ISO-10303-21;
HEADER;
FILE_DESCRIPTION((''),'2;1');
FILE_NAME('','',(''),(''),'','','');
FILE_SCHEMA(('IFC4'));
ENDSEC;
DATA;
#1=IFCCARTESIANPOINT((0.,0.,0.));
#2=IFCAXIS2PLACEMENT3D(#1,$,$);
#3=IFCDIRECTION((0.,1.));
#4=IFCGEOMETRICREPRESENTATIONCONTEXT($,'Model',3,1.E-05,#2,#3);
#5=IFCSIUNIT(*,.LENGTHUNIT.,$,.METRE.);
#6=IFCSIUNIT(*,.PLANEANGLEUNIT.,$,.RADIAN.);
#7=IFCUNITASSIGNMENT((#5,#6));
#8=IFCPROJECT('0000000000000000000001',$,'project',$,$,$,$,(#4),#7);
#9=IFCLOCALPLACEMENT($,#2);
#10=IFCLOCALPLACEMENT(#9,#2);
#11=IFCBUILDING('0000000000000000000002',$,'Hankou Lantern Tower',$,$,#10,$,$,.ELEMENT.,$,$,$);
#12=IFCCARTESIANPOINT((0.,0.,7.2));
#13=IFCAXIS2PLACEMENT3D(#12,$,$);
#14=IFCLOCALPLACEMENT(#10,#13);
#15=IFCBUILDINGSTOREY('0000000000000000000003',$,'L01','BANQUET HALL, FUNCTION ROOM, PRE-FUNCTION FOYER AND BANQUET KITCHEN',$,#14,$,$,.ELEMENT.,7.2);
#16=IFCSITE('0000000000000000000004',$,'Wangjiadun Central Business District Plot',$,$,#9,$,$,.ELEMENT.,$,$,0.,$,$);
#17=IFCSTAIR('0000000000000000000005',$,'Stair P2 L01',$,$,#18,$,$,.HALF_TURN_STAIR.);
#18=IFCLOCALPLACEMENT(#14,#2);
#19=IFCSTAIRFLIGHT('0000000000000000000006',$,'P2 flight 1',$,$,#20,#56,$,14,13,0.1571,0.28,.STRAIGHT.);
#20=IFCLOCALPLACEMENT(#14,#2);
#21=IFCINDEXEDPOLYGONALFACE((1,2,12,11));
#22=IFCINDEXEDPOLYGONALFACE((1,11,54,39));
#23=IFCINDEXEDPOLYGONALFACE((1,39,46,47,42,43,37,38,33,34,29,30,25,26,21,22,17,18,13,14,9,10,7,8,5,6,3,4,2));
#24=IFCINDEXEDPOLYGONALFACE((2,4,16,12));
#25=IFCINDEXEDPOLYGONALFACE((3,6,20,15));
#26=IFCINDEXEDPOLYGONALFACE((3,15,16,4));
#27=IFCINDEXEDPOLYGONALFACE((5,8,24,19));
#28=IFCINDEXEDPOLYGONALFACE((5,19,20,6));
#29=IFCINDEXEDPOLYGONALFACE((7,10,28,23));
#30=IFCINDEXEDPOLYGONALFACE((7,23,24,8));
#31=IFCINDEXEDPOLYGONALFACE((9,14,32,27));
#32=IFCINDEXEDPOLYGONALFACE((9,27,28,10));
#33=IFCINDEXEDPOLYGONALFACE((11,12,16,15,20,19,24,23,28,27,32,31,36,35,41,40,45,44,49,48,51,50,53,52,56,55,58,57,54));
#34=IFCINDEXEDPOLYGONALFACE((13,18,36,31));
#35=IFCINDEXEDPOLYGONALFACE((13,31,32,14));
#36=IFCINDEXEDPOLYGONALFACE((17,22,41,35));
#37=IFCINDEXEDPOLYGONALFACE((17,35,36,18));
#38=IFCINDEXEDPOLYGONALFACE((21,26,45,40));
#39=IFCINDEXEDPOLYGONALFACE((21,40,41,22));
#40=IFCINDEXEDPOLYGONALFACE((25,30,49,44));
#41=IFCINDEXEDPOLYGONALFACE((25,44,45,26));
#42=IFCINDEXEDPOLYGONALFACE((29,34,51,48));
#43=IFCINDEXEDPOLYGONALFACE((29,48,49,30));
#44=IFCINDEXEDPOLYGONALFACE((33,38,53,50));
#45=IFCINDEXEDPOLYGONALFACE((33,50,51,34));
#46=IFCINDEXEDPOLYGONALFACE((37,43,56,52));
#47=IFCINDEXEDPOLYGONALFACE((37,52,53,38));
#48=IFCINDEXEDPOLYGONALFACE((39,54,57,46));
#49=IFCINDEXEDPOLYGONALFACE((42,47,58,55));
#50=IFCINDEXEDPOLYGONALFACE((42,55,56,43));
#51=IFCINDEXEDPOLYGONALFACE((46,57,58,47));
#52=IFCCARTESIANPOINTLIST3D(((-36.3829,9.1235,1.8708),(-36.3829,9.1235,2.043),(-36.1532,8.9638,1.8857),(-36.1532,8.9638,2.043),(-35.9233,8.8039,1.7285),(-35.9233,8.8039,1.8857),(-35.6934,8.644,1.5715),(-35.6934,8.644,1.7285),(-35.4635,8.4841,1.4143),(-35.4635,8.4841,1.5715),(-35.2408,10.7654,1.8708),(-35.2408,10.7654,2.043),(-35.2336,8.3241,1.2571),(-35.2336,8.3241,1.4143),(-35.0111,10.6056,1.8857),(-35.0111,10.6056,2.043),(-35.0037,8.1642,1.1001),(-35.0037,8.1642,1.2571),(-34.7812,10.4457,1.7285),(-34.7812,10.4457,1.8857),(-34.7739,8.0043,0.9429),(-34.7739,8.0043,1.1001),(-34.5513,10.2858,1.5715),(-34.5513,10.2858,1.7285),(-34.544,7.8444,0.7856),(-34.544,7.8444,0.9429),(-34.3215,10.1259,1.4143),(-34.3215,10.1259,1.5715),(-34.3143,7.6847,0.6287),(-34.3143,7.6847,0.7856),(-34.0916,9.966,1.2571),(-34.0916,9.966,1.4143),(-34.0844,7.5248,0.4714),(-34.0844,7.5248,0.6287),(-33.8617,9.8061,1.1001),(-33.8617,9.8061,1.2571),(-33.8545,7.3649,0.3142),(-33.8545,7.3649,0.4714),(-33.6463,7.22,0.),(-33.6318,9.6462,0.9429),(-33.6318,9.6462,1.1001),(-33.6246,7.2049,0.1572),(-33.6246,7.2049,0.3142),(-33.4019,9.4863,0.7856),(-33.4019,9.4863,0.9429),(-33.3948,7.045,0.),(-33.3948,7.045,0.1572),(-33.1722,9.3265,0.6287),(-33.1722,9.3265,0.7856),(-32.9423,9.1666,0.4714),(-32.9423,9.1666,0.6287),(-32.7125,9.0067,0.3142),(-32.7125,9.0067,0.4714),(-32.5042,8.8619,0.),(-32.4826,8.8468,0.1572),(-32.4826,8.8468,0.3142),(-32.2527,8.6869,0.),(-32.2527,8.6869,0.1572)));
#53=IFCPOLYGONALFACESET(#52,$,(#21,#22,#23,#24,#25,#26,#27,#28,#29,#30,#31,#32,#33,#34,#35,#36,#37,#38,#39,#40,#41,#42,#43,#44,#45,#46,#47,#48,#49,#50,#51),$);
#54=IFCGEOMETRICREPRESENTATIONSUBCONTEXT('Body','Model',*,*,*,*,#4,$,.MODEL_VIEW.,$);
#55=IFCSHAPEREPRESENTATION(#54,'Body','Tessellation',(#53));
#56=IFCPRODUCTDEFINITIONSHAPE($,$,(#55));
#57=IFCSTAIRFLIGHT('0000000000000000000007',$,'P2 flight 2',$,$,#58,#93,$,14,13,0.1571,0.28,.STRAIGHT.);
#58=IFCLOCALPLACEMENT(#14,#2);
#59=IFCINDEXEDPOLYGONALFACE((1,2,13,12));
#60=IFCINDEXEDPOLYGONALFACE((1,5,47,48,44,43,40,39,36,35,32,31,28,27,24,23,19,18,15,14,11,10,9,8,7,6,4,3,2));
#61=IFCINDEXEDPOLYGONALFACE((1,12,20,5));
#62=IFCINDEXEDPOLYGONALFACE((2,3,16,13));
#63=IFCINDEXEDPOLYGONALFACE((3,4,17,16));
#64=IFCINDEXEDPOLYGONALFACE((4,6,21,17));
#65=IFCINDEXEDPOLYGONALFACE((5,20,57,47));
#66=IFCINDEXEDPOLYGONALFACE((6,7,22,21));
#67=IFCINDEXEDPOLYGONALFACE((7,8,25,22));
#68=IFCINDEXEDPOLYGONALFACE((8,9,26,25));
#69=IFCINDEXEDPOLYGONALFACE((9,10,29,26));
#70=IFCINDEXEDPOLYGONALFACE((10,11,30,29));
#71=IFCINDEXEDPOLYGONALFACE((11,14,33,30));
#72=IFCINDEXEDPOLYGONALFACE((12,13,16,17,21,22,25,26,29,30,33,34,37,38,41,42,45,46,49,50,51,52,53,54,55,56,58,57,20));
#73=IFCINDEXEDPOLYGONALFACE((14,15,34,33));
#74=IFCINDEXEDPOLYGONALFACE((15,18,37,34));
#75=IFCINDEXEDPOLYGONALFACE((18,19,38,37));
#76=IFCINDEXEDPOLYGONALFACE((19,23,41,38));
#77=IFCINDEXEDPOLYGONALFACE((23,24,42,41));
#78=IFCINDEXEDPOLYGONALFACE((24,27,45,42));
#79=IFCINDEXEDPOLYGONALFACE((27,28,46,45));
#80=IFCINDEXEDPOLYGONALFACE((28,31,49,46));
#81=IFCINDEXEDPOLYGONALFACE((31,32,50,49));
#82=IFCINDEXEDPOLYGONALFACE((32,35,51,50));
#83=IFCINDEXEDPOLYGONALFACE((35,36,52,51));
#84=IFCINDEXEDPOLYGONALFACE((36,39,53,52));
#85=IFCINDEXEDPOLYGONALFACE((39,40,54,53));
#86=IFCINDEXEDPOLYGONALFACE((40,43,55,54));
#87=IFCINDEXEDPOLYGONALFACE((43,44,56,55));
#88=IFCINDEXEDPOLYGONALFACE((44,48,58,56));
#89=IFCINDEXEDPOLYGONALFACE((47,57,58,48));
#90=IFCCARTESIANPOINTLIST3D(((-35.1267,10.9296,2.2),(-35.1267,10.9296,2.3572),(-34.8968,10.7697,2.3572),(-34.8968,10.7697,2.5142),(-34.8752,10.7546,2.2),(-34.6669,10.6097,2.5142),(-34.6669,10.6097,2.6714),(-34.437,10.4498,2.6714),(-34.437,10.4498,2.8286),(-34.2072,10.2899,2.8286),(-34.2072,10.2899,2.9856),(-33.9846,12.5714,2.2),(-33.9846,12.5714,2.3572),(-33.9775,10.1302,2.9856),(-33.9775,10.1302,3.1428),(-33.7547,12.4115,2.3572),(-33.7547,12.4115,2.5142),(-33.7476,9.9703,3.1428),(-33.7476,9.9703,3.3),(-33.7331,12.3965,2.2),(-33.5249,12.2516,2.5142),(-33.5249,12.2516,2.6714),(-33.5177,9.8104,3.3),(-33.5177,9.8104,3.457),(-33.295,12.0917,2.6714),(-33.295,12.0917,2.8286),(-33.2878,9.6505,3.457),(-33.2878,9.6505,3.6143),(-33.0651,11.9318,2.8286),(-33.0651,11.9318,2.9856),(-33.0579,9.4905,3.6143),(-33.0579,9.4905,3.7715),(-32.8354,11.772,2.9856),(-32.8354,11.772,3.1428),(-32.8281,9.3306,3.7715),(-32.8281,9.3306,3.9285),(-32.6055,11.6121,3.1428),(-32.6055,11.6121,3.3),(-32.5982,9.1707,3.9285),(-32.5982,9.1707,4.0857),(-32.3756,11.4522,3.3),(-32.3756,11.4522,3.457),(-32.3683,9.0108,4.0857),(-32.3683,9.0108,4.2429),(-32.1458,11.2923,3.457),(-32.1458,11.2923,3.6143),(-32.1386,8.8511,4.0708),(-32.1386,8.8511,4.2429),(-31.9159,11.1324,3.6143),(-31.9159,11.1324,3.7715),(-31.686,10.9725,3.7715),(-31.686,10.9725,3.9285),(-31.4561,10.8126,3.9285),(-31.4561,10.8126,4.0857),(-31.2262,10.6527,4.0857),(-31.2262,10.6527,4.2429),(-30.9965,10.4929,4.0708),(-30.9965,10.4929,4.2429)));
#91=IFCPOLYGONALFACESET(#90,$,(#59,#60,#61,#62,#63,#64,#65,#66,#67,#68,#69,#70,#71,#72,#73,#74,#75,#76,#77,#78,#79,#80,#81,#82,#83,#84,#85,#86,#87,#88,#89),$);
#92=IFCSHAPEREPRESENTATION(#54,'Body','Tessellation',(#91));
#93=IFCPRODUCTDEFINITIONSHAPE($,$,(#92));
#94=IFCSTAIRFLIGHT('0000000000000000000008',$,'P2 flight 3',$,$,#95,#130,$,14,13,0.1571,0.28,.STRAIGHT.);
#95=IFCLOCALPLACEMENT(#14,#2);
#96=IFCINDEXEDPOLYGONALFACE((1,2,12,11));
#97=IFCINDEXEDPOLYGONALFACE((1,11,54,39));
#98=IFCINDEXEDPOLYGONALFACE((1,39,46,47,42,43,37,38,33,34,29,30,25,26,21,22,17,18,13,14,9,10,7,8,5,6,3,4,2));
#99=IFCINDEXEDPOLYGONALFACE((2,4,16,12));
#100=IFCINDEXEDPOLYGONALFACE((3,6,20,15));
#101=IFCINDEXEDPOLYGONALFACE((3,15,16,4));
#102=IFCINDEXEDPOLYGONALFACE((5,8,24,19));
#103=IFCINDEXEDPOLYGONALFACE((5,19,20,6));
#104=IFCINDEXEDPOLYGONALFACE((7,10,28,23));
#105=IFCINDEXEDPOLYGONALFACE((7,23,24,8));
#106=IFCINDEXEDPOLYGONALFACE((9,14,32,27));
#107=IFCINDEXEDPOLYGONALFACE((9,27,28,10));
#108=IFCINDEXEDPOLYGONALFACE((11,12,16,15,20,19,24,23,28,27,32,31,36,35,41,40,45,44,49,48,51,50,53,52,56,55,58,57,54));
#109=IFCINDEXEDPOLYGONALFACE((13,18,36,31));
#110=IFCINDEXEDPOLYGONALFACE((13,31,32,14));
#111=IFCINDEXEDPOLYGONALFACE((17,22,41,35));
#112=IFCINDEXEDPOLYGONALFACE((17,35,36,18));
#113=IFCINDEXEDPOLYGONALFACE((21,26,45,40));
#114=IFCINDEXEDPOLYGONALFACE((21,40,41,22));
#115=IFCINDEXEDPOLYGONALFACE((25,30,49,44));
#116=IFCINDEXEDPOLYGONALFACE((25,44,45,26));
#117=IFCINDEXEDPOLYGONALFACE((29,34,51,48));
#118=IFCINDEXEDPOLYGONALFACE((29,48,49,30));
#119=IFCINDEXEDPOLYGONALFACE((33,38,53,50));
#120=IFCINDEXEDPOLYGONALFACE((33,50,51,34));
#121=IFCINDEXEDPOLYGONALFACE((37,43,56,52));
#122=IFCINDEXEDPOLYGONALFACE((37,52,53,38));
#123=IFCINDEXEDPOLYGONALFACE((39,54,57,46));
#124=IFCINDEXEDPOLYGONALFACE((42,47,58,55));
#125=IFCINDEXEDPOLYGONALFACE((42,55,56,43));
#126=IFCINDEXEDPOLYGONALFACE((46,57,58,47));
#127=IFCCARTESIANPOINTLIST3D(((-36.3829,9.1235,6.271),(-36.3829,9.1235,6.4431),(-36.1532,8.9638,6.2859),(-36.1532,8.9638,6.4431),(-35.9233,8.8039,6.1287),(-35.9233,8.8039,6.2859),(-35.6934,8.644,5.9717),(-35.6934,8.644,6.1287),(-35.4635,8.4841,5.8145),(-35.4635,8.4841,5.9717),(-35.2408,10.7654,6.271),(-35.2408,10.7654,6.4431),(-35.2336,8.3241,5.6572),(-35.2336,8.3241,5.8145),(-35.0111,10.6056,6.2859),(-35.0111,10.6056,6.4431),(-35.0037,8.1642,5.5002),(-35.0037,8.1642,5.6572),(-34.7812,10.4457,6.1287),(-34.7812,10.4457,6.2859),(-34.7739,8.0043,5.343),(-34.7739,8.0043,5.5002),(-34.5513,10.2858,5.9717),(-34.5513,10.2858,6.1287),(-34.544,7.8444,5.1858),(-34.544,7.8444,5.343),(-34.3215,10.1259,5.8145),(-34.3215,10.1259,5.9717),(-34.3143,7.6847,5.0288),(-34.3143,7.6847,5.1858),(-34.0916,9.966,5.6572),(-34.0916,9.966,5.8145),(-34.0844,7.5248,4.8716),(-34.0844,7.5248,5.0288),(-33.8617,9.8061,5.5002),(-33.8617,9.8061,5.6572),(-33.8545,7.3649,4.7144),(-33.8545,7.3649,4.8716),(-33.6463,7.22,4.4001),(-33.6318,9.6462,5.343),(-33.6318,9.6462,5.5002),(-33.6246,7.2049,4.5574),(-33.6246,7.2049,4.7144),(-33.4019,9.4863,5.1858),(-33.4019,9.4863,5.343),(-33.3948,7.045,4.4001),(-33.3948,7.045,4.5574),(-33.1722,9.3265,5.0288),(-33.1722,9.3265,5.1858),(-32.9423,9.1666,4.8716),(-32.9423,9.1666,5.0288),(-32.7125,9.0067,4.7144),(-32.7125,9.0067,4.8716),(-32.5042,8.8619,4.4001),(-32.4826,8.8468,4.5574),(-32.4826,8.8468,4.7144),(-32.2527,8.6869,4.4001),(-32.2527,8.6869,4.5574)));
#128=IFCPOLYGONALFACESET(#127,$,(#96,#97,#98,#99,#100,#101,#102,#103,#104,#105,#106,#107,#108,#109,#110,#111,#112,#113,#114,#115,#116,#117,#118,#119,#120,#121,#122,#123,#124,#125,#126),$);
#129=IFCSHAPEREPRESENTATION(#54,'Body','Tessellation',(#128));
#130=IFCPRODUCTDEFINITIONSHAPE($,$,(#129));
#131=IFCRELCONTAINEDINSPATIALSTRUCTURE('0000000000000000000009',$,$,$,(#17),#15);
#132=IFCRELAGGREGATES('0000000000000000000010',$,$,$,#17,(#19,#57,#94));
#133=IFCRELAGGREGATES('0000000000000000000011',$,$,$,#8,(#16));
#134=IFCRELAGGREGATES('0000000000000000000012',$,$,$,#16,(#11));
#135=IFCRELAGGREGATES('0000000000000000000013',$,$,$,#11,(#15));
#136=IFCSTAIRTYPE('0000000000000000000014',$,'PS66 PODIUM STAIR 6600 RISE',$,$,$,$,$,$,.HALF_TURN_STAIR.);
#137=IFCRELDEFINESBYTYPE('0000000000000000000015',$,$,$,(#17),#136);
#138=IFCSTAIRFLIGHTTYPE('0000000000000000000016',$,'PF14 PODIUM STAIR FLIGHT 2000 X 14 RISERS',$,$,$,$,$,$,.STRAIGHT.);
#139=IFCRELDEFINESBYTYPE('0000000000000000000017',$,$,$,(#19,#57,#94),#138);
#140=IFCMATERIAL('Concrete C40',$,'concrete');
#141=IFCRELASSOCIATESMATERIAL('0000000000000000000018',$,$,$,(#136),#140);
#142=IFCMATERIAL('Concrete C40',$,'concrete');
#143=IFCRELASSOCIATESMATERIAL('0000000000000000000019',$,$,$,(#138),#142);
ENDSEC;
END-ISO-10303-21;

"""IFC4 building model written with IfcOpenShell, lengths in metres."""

from ifc_helpers import new_model, si_unit, direction, frame, origin, place, context, subcontext, project, spatial, polyline, outline, extrude, material, type_object, element, aggregate, save


model = new_model("IFC4")

# Units and contexts
model_context = context("Model", 3, precision=1e-05, world=origin(), true_north=direction((0.0, 1.0)))
body_context = subcontext(model_context, "Body", "Model", "MODEL_VIEW")
ifc_project = project(units=[si_unit("LENGTHUNIT", "METRE"), si_unit("PLANEANGLEUNIT", "RADIAN")], contexts=[model_context])

# Site, building, storey
site_placement = place(None, origin())
site = spatial("IfcSite", under=ifc_project, at=site_placement, Name="Wangjiadun Central Business District Plot", CompositionType="ELEMENT", RefElevation=0.0)
building_placement = place(site_placement, origin())
building = spatial("IfcBuilding", under=site, at=building_placement, Name="Hankou Lantern Tower", CompositionType="ELEMENT")
storey_placement = place(building_placement, frame((0.0, 0.0, 7.2)))
storey = spatial("IfcBuildingStorey", under=building, at=storey_placement, Name="L01", Description="BANQUET HALL, FUNCTION ROOM, PRE-FUNCTION FOYER AND BANQUET KITCHEN", CompositionType="ELEMENT", Elevation=7.2)

# Stair, stair flights
ifc_material_1 = material(Name="Concrete C40", Category="concrete")
stair_type = type_object("IfcStairType", Name="PS66 PODIUM STAIR 6600 RISE", PredefinedType="HALF_TURN_STAIR", material=ifc_material_1)
stair_placement = place(storey_placement, origin())
stair = element("IfcStair", 1, at=stair_placement, inside=storey, type_object=stair_type, Name="Stair P2 L01", PredefinedType="HALF_TURN_STAIR")
ifc_material_2 = material(Name="Concrete C40", Category="concrete")
stair_flight_type = type_object("IfcStairFlightType", Name="PF14 PODIUM STAIR FLIGHT 2000 X 14 RISERS", PredefinedType="STRAIGHT", material=ifc_material_2)
stair_flight_1_placement = place(storey_placement, frame((-32.8237, 7.866, 0.0), z_axis=(0.0, 0.0, 1.0), x_axis=(-0.820927, 0.571033, 0.0)))
stair_flight_1 = element("IfcStairFlight", 2, at=stair_flight_1_placement, type_object=stair_flight_type, Name="P2 flight 1", NumberOfRisers=14, NumberOfTreads=13, PredefinedType="STRAIGHT", RiserHeight=0.1571, TreadLength=0.28, context=body_context, shape_type="SweptSolid", body=[
    extrude(outline(polyline([(0.0, 0.0), (0.0, 0.1572), (0.28, 0.1572), (0.28, 0.3142), (0.5601, 0.3142), (0.5601, 0.4714), (0.8401, 0.4714), (0.8401, 0.6287), (1.1201, 0.6287), (1.1201, 0.7856), (1.3999, 0.7856), (1.3999, 0.9429), (1.6799, 0.9429), (1.6799, 1.1001), (1.96, 1.1001), (1.96, 1.2571), (2.24, 1.2571), (2.24, 1.4143), (2.52, 1.4143), (2.52, 1.5715), (2.8, 1.5715), (2.8, 1.7285), (3.0801, 1.7285), (3.0801, 1.8857), (3.3601, 1.8857), (3.3601, 2.043), (3.6399, 2.043), (3.6399, 2.2), (3.6399, 1.8708), (0.3064, 0.0), (0.0, 0.0)])), frame((0.0, 1.0, 0.0), z_axis=(0.0, -1.0, 0.0), x_axis=(1.0, 0.0, 0.0)), (0.0, 0.0, 1.0), 2.0),
])
stair_flight_2_placement = place(storey_placement, frame((-34.5557, 11.7505, 2.2), z_axis=(0.0, 0.0, 1.0), x_axis=(0.820927, -0.571033, 0.0)))
stair_flight_2 = element("IfcStairFlight", 3, at=stair_flight_2_placement, type_object=stair_flight_type, Name="P2 flight 2", NumberOfRisers=14, NumberOfTreads=13, PredefinedType="STRAIGHT", RiserHeight=0.1571, TreadLength=0.28, context=body_context, shape_type="SweptSolid", body=[
    extrude(outline(polyline([(0.0, 0.0), (0.0, 0.1572), (0.28, 0.1572), (0.28, 0.3142), (0.5601, 0.3142), (0.5601, 0.4714), (0.8401, 0.4714), (0.8401, 0.6287), (1.1201, 0.6287), (1.1201, 0.7856), (1.3999, 0.7856), (1.3999, 0.9429), (1.6799, 0.9429), (1.6799, 1.1001), (1.96, 1.1001), (1.96, 1.2571), (2.24, 1.2571), (2.24, 1.4143), (2.52, 1.4143), (2.52, 1.5715), (2.8, 1.5715), (2.8, 1.7285), (3.0801, 1.7285), (3.0801, 1.8857), (3.3601, 1.8857), (3.3601, 2.043), (3.6399, 2.043), (3.6399, 2.2), (3.6399, 1.8708), (0.3064, 0.0), (0.0, 0.0)])), frame((0.0, 1.0, 0.0), z_axis=(0.0, -1.0, 0.0), x_axis=(1.0, 0.0, 0.0)), (0.0, 0.0, 1.0), 2.0),
])
stair_flight_3_placement = place(storey_placement, frame((-32.8237, 7.866, 4.4001), z_axis=(0.0, 0.0, 1.0), x_axis=(-0.820927, 0.571033, 0.0)))
stair_flight_3 = element("IfcStairFlight", 4, at=stair_flight_3_placement, type_object=stair_flight_type, Name="P2 flight 3", NumberOfRisers=14, NumberOfTreads=13, PredefinedType="STRAIGHT", RiserHeight=0.1571, TreadLength=0.28, context=body_context, shape_type="SweptSolid", body=[
    extrude(outline(polyline([(0.0, 0.0), (0.0, 0.1572), (0.28, 0.1572), (0.28, 0.3142), (0.5601, 0.3142), (0.5601, 0.4714), (0.8401, 0.4714), (0.8401, 0.6287), (1.1201, 0.6287), (1.1201, 0.7856), (1.3999, 0.7856), (1.3999, 0.9429), (1.6799, 0.9429), (1.6799, 1.1001), (1.96, 1.1001), (1.96, 1.2571), (2.24, 1.2571), (2.24, 1.4143), (2.52, 1.4143), (2.52, 1.5715), (2.8, 1.5715), (2.8, 1.7285), (3.0801, 1.7285), (3.0801, 1.8857), (3.3601, 1.8857), (3.3601, 2.043), (3.6399, 2.043), (3.6399, 2.2), (3.6399, 1.8708), (0.3064, 0.0), (0.0, 0.0)])), frame((0.0, 1.0, 0.0), z_axis=(0.0, -1.0, 0.0), x_axis=(1.0, 0.0, 0.0)), (0.0, 0.0, 1.0), 2.0),
])
aggregate(stair, [stair_flight_1, stair_flight_2, stair_flight_3])

save(model, "model.ifc")
